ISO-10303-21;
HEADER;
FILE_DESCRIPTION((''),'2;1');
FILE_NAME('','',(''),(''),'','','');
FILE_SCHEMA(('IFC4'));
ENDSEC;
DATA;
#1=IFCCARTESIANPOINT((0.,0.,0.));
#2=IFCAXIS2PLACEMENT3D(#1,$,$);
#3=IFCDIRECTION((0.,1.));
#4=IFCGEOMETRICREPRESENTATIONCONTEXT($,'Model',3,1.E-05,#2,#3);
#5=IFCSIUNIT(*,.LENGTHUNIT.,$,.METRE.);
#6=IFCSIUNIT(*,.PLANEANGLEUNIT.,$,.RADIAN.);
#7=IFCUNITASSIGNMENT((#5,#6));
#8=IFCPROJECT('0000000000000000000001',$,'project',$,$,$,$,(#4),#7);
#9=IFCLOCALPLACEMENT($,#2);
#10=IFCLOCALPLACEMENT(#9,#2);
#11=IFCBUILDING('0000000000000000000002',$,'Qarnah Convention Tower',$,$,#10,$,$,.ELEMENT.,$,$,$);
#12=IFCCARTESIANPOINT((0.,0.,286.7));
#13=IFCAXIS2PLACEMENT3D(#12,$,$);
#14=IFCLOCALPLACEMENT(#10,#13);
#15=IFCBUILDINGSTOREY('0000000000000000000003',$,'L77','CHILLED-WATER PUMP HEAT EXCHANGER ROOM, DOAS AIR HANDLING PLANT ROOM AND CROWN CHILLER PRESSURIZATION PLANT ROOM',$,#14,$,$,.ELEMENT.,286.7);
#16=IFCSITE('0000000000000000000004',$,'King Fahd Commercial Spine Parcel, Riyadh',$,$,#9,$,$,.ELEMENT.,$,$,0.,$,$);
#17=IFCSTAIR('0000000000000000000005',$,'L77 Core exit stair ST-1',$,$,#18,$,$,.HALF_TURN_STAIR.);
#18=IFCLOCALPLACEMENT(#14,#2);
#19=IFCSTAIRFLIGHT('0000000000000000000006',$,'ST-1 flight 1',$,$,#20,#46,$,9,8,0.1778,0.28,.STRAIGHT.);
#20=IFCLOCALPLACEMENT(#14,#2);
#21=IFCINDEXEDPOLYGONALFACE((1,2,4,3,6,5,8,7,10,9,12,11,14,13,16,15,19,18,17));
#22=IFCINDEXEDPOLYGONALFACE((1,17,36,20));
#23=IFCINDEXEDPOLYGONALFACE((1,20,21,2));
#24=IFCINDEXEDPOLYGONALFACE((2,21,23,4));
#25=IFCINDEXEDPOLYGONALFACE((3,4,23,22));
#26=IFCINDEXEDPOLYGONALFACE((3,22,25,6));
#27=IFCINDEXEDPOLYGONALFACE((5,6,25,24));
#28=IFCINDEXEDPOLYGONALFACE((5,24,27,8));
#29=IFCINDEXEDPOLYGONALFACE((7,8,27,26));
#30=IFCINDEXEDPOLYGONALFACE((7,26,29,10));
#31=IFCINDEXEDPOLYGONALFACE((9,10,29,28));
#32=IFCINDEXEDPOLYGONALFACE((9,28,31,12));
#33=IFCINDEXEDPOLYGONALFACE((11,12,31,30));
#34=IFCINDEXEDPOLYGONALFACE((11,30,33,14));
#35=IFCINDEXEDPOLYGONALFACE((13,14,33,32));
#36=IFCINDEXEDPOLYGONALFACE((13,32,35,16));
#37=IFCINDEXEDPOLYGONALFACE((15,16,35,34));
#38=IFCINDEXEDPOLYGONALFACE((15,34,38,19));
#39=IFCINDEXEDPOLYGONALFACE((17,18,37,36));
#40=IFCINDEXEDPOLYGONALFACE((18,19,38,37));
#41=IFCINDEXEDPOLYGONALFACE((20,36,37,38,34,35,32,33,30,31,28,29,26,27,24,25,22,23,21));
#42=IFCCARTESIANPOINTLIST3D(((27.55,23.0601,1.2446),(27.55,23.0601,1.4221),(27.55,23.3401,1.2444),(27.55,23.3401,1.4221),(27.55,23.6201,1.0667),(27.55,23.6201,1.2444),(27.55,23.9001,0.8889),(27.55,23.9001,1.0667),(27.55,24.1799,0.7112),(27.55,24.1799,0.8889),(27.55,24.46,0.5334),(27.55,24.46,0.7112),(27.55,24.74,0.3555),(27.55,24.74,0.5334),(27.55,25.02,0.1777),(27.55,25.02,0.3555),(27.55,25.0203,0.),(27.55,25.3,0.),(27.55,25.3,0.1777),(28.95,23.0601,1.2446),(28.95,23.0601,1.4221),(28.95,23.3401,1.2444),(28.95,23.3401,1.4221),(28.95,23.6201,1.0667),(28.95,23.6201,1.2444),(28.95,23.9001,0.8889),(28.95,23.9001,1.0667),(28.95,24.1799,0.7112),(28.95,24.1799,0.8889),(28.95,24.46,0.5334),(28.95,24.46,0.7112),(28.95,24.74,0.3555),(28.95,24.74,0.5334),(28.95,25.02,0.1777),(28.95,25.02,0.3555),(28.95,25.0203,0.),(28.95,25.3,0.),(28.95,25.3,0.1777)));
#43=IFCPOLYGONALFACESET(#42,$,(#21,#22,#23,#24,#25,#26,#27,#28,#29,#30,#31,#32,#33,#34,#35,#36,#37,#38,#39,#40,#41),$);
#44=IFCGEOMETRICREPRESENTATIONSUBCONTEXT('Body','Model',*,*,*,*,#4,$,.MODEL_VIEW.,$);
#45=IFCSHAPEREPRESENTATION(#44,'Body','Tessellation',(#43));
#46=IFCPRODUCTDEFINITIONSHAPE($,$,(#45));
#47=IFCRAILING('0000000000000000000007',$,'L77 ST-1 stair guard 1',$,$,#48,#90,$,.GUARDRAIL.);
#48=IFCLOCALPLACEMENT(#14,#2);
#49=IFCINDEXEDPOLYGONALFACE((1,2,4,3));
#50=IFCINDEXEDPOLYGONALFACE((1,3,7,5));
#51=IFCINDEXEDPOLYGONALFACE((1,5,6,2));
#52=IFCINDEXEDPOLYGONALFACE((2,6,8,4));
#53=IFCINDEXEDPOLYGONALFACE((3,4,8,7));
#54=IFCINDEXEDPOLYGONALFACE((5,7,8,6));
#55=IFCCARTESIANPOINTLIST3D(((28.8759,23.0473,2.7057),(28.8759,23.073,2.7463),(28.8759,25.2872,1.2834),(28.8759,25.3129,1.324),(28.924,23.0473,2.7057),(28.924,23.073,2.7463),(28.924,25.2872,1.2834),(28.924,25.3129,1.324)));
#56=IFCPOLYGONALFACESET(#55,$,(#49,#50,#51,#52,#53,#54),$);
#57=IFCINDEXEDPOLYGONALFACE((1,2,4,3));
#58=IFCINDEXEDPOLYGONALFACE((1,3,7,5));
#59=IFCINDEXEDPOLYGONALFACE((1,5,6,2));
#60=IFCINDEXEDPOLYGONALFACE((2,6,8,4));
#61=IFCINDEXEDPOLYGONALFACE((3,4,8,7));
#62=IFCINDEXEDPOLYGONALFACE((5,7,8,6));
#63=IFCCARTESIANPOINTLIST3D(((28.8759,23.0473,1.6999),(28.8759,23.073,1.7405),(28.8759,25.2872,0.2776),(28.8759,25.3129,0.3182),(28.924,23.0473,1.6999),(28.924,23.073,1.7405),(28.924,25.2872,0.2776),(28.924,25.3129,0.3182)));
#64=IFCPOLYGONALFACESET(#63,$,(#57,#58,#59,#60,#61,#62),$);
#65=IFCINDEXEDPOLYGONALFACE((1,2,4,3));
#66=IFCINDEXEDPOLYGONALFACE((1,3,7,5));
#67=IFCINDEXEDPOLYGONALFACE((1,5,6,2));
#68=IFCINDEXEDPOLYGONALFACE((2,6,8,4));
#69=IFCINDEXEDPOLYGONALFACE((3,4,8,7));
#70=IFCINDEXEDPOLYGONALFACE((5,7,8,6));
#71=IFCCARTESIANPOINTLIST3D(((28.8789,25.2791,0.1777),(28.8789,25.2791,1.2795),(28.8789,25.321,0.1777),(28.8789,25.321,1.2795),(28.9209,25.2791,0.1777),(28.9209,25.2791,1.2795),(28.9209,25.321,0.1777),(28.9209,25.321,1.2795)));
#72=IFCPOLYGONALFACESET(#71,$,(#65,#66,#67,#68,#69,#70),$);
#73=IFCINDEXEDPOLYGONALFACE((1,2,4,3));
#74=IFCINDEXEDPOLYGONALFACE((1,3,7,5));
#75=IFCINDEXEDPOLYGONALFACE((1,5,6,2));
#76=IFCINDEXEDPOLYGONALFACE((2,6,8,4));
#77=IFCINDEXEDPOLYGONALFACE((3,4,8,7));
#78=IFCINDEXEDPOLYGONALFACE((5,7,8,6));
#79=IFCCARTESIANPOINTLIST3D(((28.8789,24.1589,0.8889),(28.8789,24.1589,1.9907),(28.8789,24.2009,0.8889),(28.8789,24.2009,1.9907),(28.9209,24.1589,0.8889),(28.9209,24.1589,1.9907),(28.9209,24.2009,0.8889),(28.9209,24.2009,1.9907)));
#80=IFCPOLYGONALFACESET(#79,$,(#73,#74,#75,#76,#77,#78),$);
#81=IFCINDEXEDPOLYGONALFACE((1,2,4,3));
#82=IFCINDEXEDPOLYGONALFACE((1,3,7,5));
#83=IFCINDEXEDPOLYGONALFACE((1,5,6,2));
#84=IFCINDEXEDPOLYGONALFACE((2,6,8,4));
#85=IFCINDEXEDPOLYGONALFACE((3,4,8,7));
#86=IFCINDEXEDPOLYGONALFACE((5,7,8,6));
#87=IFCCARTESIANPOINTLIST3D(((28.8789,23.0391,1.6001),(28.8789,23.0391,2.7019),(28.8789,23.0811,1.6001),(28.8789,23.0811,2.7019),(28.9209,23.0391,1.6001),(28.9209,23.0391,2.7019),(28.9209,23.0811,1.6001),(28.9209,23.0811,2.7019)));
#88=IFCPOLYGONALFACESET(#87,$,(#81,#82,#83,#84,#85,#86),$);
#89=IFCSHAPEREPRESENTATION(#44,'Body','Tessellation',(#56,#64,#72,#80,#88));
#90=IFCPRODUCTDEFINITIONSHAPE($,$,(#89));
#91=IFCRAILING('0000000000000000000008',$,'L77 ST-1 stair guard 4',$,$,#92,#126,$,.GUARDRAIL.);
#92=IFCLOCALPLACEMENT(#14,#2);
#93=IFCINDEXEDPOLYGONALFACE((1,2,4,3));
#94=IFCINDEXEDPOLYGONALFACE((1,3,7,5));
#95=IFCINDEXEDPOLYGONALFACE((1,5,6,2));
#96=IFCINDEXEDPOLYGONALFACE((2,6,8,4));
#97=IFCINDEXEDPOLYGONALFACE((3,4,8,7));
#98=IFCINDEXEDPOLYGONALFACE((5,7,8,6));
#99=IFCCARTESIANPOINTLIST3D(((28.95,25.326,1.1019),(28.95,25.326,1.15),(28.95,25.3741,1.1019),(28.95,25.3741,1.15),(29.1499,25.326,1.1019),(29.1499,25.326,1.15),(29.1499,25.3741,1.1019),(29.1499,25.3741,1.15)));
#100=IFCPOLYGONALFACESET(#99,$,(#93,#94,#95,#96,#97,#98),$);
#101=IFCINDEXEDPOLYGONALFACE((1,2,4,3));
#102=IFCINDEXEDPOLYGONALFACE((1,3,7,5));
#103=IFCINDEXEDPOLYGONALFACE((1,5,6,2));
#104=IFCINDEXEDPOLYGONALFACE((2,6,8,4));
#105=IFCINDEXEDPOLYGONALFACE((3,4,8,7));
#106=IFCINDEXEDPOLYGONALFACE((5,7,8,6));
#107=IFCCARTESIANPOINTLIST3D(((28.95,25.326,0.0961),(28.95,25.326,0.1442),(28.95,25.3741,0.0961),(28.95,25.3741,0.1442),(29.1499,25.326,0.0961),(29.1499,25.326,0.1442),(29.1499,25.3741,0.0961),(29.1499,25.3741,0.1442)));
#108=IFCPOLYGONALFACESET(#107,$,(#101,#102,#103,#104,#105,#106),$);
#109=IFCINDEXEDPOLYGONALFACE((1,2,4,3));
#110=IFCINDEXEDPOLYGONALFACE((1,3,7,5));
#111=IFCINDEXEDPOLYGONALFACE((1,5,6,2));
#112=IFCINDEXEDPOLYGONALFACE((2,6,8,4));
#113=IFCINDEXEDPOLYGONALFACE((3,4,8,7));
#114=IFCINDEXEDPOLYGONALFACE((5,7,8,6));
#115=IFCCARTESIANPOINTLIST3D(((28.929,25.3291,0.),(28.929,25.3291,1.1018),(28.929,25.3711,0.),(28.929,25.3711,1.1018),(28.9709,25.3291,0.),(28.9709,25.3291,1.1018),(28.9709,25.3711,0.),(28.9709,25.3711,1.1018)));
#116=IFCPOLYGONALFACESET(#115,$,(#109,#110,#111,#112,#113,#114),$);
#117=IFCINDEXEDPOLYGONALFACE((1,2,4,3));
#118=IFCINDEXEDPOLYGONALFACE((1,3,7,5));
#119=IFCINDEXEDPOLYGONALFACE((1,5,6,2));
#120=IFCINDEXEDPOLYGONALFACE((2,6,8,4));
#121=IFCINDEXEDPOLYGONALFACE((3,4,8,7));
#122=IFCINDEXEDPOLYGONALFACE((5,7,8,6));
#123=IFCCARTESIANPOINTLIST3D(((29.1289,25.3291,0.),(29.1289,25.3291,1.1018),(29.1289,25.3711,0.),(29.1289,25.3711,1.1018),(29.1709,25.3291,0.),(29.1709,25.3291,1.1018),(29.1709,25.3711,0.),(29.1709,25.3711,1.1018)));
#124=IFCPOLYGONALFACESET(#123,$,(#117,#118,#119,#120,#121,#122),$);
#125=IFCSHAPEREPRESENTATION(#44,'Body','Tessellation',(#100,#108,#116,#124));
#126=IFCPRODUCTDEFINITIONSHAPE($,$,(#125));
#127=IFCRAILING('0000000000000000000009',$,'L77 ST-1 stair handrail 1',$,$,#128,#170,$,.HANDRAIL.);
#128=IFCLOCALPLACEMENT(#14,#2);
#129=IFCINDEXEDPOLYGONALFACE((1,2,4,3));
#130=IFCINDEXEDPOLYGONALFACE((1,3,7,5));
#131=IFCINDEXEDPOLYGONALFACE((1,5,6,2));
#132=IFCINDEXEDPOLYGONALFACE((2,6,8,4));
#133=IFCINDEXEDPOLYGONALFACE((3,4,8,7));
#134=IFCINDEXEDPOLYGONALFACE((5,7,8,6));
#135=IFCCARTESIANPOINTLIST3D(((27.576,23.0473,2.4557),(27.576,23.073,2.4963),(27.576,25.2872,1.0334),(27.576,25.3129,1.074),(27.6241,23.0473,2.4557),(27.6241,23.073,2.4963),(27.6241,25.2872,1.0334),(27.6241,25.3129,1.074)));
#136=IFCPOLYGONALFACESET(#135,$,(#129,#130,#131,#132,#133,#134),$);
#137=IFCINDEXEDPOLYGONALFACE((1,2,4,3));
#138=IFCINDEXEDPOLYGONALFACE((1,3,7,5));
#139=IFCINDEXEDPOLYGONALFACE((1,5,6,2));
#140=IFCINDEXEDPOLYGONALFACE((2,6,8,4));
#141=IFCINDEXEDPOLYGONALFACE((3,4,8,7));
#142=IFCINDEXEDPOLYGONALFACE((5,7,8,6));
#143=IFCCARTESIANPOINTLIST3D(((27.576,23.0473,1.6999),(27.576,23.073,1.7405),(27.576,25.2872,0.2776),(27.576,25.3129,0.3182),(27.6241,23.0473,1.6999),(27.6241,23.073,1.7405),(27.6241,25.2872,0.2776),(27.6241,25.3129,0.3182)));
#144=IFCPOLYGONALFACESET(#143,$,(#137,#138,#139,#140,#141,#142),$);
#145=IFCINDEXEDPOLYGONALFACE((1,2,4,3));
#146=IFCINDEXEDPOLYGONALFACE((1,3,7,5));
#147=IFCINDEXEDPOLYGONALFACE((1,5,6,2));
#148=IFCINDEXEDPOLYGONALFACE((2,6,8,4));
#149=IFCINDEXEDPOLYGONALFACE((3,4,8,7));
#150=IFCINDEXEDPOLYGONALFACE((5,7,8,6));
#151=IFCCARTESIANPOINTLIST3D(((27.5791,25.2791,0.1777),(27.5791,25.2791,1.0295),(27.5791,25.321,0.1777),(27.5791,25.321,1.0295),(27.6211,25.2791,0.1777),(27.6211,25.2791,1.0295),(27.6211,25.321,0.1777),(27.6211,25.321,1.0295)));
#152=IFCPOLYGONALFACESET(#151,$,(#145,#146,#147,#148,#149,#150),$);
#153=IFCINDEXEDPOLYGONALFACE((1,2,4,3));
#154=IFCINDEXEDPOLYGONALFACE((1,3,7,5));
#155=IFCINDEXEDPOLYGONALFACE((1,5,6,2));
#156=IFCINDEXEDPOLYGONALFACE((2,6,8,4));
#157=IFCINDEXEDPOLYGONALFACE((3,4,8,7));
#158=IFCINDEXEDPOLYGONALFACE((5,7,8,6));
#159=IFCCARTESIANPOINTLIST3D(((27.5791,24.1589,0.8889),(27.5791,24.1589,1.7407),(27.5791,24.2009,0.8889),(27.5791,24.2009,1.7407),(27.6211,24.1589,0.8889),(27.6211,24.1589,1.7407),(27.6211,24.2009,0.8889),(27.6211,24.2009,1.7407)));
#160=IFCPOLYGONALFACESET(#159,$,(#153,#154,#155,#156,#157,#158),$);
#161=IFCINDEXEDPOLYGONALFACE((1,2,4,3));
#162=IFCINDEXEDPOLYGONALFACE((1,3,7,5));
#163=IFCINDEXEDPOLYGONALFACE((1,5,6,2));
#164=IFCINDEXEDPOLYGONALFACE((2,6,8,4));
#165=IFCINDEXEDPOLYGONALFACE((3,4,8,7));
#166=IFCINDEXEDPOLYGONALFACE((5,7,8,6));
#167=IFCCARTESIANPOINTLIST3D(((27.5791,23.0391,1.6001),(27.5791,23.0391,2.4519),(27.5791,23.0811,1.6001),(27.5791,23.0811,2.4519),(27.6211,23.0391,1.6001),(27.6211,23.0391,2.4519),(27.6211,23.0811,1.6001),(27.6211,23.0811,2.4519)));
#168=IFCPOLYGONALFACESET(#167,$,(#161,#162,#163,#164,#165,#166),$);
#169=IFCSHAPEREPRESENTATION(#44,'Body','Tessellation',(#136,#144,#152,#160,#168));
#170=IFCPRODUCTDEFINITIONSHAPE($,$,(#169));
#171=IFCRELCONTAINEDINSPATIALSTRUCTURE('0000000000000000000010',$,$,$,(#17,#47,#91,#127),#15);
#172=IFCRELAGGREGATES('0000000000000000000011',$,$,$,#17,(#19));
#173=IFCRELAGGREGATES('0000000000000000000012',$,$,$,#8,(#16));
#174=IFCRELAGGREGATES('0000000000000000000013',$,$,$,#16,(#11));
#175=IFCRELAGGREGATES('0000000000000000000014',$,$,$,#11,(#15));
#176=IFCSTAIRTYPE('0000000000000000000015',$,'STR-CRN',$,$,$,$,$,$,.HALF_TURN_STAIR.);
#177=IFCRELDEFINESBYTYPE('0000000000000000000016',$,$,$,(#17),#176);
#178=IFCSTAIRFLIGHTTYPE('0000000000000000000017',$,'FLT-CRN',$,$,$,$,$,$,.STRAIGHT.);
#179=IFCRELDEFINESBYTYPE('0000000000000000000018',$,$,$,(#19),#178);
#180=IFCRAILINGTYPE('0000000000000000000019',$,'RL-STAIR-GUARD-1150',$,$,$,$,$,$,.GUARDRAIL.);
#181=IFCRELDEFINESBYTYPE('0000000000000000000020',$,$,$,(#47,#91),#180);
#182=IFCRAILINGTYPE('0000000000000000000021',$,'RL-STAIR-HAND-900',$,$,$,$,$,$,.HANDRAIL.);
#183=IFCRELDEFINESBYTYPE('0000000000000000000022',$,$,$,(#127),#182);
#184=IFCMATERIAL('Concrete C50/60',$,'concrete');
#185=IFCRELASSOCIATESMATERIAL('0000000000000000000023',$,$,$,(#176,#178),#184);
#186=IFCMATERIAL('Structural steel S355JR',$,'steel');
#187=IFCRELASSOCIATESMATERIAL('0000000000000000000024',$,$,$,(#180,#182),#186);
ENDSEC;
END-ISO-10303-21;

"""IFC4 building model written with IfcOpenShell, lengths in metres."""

from ifc_helpers import new_model, si_unit, direction, frame, origin, origin_2d, place, context, subcontext, project, spatial, polyline, rectangle, outline, extrude, material, type_object, element, aggregate, save


model = new_model("IFC4")

# Units and contexts
model_context = context("Model", 3, precision=1e-05, world=origin(), true_north=direction((0.0, 1.0)))
body_context = subcontext(model_context, "Body", "Model", "MODEL_VIEW")
ifc_project = project(units=[si_unit("LENGTHUNIT", "METRE"), si_unit("PLANEANGLEUNIT", "RADIAN")], contexts=[model_context])

# Site, building, storey
site_placement = place(None, origin())
site = spatial("IfcSite", under=ifc_project, at=site_placement, Name="King Fahd Commercial Spine Parcel, Riyadh", CompositionType="ELEMENT", RefElevation=0.0)
building_placement = place(site_placement, origin())
building = spatial("IfcBuilding", under=site, at=building_placement, Name="Qarnah Convention Tower", CompositionType="ELEMENT")
storey_placement = place(building_placement, frame((0.0, 0.0, 286.7)))
storey = spatial("IfcBuildingStorey", under=building, at=storey_placement, Name="L77", Description="CHILLED-WATER PUMP HEAT EXCHANGER ROOM, DOAS AIR HANDLING PLANT ROOM AND CROWN CHILLER PRESSURIZATION PLANT ROOM", CompositionType="ELEMENT", Elevation=286.7)

# Shared definitions
ifc_material_1 = material(Name="Structural steel S355JR", Category="steel")

# Stair, stair flight
ifc_material_2 = material(Name="Concrete C50/60", Category="concrete")
stair_type = type_object("IfcStairType", Name="STR-CRN", PredefinedType="HALF_TURN_STAIR", material=ifc_material_2)
stair_placement = place(storey_placement, origin())
stair = element("IfcStair", 1, at=stair_placement, inside=storey, type_object=stair_type, Name="L77 Core exit stair ST-1", PredefinedType="HALF_TURN_STAIR")
stair_flight_type = type_object("IfcStairFlightType", Name="FLT-CRN", PredefinedType="STRAIGHT", material=ifc_material_2)
stair_flight_placement = place(storey_placement, frame((28.25, 25.3, 0.0), z_axis=(0.0, 0.0, 1.0), x_axis=(0.0, -1.0, 0.0)))
stair_flight = element("IfcStairFlight", 2, at=stair_flight_placement, type_object=stair_flight_type, Name="ST-1 flight 1", NumberOfRisers=9, NumberOfTreads=8, PredefinedType="STRAIGHT", RiserHeight=0.1778, TreadLength=0.28, context=body_context, shape_type="SweptSolid", body=[
    extrude(outline(polyline([(0.0, 0.0), (0.0, 0.1777), (0.28, 0.1777), (0.28, 0.3555), (0.5601, 0.3555), (0.5601, 0.5334), (0.8401, 0.5334), (0.8401, 0.7112), (1.1201, 0.7112), (1.1201, 0.8889), (1.3999, 0.8889), (1.3999, 1.0667), (1.6799, 1.0667), (1.6799, 1.2444), (1.96, 1.2444), (1.96, 1.4221), (2.24, 1.4221), (2.24, 1.6001), (2.24, 1.2446), (0.2798, 0.0), (0.0, 0.0)])), frame((0.0, 0.7, 0.0), z_axis=(0.0, -1.0, 0.0), x_axis=(1.0, 0.0, 0.0)), (0.0, 0.0, 1.0), 1.3999),
])
aggregate(stair, [stair_flight])

# Railings
railing_type_1 = type_object("IfcRailingType", Name="RL-STAIR-GUARD-1150", PredefinedType="GUARDRAIL", material=ifc_material_1)
railing_1_placement = place(storey_placement, frame((28.8999, 25.3, 0.1777)))
element("IfcRailing", 3, at=railing_1_placement, inside=storey, type_object=railing_type_1, Name="L77 ST-1 stair guard 1", PredefinedType="GUARDRAIL", context=body_context, shape_type="SweptSolid", body=[
    extrude(rectangle(XDim=0.0481, YDim=0.0481, at=origin_2d()), frame((0.0, 0.0, 1.126), z_axis=(0.0, -0.844188, 0.536048), x_axis=(1.0, 0.0, 0.0)), (0.0, 0.0, 1.0), 2.6533),
    extrude(rectangle(XDim=0.0481, YDim=0.0481, at=origin_2d()), frame((0.0, 0.0, 0.1201), z_axis=(0.0, -0.844188, 0.536048), x_axis=(1.0, 0.0, 0.0)), (0.0, 0.0, 1.0), 2.6533),
    extrude(rectangle(XDim=0.042, YDim=0.042, at=origin_2d()), origin(), (0.0, 0.0, 1.0), 1.1018),
    extrude(rectangle(XDim=0.042, YDim=0.042, at=origin_2d()), frame((0.0, -1.1201, 0.7112)), (0.0, 0.0, 1.0), 1.1018),
    extrude(rectangle(XDim=0.042, YDim=0.042, at=origin_2d()), frame((0.0, -2.24, 1.4224)), (0.0, 0.0, 1.0), 1.1018),
])
railing_2_placement = place(storey_placement, frame((28.95, 25.3501, 0.0)))
element("IfcRailing", 4, at=railing_2_placement, inside=storey, type_object=railing_type_1, Name="L77 ST-1 stair guard 4", PredefinedType="GUARDRAIL", context=body_context, shape_type="SweptSolid", body=[
    extrude(rectangle(XDim=0.0481, YDim=0.0481, at=origin_2d()), frame((0.0, 0.0, 1.126), z_axis=(1.0, 0.0, 0.0), x_axis=(0.0, 1.0, 0.0)), (0.0, 0.0, 1.0), 0.2),
    extrude(rectangle(XDim=0.0481, YDim=0.0481, at=origin_2d()), frame((0.0, 0.0, 0.1201), z_axis=(1.0, 0.0, 0.0), x_axis=(0.0, 1.0, 0.0)), (0.0, 0.0, 1.0), 0.2),
    extrude(rectangle(XDim=0.042, YDim=0.042, at=origin_2d()), origin(), (0.0, 0.0, 1.0), 1.1018),
    extrude(rectangle(XDim=0.042, YDim=0.042, at=origin_2d()), frame((0.2, 0.0, 0.0)), (0.0, 0.0, 1.0), 1.1018),
])
railing_type_2 = type_object("IfcRailingType", Name="RL-STAIR-HAND-900", PredefinedType="HANDRAIL", material=ifc_material_1)
railing_3_placement = place(storey_placement, frame((27.6001, 25.3, 0.1777)))
element("IfcRailing", 5, at=railing_3_placement, inside=storey, type_object=railing_type_2, Name="L77 ST-1 stair handrail 1", PredefinedType="HANDRAIL", context=body_context, shape_type="SweptSolid", body=[
    extrude(rectangle(XDim=0.0481, YDim=0.0481, at=origin_2d()), frame((0.0, 0.0, 0.876), z_axis=(0.0, -0.844188, 0.536048), x_axis=(1.0, 0.0, 0.0)), (0.0, 0.0, 1.0), 2.6533),
    extrude(rectangle(XDim=0.0481, YDim=0.0481, at=origin_2d()), frame((0.0, 0.0, 0.1201), z_axis=(0.0, -0.844188, 0.536048), x_axis=(1.0, 0.0, 0.0)), (0.0, 0.0, 1.0), 2.6533),
    extrude(rectangle(XDim=0.042, YDim=0.042, at=origin_2d()), origin(), (0.0, 0.0, 1.0), 0.8518),
    extrude(rectangle(XDim=0.042, YDim=0.042, at=origin_2d()), frame((0.0, -1.1201, 0.7112)), (0.0, 0.0, 1.0), 0.8518),
    extrude(rectangle(XDim=0.042, YDim=0.042, at=origin_2d()), frame((0.0, -2.24, 1.4224)), (0.0, 0.0, 1.0), 0.8518),
])

save(model, "model.ifc")
